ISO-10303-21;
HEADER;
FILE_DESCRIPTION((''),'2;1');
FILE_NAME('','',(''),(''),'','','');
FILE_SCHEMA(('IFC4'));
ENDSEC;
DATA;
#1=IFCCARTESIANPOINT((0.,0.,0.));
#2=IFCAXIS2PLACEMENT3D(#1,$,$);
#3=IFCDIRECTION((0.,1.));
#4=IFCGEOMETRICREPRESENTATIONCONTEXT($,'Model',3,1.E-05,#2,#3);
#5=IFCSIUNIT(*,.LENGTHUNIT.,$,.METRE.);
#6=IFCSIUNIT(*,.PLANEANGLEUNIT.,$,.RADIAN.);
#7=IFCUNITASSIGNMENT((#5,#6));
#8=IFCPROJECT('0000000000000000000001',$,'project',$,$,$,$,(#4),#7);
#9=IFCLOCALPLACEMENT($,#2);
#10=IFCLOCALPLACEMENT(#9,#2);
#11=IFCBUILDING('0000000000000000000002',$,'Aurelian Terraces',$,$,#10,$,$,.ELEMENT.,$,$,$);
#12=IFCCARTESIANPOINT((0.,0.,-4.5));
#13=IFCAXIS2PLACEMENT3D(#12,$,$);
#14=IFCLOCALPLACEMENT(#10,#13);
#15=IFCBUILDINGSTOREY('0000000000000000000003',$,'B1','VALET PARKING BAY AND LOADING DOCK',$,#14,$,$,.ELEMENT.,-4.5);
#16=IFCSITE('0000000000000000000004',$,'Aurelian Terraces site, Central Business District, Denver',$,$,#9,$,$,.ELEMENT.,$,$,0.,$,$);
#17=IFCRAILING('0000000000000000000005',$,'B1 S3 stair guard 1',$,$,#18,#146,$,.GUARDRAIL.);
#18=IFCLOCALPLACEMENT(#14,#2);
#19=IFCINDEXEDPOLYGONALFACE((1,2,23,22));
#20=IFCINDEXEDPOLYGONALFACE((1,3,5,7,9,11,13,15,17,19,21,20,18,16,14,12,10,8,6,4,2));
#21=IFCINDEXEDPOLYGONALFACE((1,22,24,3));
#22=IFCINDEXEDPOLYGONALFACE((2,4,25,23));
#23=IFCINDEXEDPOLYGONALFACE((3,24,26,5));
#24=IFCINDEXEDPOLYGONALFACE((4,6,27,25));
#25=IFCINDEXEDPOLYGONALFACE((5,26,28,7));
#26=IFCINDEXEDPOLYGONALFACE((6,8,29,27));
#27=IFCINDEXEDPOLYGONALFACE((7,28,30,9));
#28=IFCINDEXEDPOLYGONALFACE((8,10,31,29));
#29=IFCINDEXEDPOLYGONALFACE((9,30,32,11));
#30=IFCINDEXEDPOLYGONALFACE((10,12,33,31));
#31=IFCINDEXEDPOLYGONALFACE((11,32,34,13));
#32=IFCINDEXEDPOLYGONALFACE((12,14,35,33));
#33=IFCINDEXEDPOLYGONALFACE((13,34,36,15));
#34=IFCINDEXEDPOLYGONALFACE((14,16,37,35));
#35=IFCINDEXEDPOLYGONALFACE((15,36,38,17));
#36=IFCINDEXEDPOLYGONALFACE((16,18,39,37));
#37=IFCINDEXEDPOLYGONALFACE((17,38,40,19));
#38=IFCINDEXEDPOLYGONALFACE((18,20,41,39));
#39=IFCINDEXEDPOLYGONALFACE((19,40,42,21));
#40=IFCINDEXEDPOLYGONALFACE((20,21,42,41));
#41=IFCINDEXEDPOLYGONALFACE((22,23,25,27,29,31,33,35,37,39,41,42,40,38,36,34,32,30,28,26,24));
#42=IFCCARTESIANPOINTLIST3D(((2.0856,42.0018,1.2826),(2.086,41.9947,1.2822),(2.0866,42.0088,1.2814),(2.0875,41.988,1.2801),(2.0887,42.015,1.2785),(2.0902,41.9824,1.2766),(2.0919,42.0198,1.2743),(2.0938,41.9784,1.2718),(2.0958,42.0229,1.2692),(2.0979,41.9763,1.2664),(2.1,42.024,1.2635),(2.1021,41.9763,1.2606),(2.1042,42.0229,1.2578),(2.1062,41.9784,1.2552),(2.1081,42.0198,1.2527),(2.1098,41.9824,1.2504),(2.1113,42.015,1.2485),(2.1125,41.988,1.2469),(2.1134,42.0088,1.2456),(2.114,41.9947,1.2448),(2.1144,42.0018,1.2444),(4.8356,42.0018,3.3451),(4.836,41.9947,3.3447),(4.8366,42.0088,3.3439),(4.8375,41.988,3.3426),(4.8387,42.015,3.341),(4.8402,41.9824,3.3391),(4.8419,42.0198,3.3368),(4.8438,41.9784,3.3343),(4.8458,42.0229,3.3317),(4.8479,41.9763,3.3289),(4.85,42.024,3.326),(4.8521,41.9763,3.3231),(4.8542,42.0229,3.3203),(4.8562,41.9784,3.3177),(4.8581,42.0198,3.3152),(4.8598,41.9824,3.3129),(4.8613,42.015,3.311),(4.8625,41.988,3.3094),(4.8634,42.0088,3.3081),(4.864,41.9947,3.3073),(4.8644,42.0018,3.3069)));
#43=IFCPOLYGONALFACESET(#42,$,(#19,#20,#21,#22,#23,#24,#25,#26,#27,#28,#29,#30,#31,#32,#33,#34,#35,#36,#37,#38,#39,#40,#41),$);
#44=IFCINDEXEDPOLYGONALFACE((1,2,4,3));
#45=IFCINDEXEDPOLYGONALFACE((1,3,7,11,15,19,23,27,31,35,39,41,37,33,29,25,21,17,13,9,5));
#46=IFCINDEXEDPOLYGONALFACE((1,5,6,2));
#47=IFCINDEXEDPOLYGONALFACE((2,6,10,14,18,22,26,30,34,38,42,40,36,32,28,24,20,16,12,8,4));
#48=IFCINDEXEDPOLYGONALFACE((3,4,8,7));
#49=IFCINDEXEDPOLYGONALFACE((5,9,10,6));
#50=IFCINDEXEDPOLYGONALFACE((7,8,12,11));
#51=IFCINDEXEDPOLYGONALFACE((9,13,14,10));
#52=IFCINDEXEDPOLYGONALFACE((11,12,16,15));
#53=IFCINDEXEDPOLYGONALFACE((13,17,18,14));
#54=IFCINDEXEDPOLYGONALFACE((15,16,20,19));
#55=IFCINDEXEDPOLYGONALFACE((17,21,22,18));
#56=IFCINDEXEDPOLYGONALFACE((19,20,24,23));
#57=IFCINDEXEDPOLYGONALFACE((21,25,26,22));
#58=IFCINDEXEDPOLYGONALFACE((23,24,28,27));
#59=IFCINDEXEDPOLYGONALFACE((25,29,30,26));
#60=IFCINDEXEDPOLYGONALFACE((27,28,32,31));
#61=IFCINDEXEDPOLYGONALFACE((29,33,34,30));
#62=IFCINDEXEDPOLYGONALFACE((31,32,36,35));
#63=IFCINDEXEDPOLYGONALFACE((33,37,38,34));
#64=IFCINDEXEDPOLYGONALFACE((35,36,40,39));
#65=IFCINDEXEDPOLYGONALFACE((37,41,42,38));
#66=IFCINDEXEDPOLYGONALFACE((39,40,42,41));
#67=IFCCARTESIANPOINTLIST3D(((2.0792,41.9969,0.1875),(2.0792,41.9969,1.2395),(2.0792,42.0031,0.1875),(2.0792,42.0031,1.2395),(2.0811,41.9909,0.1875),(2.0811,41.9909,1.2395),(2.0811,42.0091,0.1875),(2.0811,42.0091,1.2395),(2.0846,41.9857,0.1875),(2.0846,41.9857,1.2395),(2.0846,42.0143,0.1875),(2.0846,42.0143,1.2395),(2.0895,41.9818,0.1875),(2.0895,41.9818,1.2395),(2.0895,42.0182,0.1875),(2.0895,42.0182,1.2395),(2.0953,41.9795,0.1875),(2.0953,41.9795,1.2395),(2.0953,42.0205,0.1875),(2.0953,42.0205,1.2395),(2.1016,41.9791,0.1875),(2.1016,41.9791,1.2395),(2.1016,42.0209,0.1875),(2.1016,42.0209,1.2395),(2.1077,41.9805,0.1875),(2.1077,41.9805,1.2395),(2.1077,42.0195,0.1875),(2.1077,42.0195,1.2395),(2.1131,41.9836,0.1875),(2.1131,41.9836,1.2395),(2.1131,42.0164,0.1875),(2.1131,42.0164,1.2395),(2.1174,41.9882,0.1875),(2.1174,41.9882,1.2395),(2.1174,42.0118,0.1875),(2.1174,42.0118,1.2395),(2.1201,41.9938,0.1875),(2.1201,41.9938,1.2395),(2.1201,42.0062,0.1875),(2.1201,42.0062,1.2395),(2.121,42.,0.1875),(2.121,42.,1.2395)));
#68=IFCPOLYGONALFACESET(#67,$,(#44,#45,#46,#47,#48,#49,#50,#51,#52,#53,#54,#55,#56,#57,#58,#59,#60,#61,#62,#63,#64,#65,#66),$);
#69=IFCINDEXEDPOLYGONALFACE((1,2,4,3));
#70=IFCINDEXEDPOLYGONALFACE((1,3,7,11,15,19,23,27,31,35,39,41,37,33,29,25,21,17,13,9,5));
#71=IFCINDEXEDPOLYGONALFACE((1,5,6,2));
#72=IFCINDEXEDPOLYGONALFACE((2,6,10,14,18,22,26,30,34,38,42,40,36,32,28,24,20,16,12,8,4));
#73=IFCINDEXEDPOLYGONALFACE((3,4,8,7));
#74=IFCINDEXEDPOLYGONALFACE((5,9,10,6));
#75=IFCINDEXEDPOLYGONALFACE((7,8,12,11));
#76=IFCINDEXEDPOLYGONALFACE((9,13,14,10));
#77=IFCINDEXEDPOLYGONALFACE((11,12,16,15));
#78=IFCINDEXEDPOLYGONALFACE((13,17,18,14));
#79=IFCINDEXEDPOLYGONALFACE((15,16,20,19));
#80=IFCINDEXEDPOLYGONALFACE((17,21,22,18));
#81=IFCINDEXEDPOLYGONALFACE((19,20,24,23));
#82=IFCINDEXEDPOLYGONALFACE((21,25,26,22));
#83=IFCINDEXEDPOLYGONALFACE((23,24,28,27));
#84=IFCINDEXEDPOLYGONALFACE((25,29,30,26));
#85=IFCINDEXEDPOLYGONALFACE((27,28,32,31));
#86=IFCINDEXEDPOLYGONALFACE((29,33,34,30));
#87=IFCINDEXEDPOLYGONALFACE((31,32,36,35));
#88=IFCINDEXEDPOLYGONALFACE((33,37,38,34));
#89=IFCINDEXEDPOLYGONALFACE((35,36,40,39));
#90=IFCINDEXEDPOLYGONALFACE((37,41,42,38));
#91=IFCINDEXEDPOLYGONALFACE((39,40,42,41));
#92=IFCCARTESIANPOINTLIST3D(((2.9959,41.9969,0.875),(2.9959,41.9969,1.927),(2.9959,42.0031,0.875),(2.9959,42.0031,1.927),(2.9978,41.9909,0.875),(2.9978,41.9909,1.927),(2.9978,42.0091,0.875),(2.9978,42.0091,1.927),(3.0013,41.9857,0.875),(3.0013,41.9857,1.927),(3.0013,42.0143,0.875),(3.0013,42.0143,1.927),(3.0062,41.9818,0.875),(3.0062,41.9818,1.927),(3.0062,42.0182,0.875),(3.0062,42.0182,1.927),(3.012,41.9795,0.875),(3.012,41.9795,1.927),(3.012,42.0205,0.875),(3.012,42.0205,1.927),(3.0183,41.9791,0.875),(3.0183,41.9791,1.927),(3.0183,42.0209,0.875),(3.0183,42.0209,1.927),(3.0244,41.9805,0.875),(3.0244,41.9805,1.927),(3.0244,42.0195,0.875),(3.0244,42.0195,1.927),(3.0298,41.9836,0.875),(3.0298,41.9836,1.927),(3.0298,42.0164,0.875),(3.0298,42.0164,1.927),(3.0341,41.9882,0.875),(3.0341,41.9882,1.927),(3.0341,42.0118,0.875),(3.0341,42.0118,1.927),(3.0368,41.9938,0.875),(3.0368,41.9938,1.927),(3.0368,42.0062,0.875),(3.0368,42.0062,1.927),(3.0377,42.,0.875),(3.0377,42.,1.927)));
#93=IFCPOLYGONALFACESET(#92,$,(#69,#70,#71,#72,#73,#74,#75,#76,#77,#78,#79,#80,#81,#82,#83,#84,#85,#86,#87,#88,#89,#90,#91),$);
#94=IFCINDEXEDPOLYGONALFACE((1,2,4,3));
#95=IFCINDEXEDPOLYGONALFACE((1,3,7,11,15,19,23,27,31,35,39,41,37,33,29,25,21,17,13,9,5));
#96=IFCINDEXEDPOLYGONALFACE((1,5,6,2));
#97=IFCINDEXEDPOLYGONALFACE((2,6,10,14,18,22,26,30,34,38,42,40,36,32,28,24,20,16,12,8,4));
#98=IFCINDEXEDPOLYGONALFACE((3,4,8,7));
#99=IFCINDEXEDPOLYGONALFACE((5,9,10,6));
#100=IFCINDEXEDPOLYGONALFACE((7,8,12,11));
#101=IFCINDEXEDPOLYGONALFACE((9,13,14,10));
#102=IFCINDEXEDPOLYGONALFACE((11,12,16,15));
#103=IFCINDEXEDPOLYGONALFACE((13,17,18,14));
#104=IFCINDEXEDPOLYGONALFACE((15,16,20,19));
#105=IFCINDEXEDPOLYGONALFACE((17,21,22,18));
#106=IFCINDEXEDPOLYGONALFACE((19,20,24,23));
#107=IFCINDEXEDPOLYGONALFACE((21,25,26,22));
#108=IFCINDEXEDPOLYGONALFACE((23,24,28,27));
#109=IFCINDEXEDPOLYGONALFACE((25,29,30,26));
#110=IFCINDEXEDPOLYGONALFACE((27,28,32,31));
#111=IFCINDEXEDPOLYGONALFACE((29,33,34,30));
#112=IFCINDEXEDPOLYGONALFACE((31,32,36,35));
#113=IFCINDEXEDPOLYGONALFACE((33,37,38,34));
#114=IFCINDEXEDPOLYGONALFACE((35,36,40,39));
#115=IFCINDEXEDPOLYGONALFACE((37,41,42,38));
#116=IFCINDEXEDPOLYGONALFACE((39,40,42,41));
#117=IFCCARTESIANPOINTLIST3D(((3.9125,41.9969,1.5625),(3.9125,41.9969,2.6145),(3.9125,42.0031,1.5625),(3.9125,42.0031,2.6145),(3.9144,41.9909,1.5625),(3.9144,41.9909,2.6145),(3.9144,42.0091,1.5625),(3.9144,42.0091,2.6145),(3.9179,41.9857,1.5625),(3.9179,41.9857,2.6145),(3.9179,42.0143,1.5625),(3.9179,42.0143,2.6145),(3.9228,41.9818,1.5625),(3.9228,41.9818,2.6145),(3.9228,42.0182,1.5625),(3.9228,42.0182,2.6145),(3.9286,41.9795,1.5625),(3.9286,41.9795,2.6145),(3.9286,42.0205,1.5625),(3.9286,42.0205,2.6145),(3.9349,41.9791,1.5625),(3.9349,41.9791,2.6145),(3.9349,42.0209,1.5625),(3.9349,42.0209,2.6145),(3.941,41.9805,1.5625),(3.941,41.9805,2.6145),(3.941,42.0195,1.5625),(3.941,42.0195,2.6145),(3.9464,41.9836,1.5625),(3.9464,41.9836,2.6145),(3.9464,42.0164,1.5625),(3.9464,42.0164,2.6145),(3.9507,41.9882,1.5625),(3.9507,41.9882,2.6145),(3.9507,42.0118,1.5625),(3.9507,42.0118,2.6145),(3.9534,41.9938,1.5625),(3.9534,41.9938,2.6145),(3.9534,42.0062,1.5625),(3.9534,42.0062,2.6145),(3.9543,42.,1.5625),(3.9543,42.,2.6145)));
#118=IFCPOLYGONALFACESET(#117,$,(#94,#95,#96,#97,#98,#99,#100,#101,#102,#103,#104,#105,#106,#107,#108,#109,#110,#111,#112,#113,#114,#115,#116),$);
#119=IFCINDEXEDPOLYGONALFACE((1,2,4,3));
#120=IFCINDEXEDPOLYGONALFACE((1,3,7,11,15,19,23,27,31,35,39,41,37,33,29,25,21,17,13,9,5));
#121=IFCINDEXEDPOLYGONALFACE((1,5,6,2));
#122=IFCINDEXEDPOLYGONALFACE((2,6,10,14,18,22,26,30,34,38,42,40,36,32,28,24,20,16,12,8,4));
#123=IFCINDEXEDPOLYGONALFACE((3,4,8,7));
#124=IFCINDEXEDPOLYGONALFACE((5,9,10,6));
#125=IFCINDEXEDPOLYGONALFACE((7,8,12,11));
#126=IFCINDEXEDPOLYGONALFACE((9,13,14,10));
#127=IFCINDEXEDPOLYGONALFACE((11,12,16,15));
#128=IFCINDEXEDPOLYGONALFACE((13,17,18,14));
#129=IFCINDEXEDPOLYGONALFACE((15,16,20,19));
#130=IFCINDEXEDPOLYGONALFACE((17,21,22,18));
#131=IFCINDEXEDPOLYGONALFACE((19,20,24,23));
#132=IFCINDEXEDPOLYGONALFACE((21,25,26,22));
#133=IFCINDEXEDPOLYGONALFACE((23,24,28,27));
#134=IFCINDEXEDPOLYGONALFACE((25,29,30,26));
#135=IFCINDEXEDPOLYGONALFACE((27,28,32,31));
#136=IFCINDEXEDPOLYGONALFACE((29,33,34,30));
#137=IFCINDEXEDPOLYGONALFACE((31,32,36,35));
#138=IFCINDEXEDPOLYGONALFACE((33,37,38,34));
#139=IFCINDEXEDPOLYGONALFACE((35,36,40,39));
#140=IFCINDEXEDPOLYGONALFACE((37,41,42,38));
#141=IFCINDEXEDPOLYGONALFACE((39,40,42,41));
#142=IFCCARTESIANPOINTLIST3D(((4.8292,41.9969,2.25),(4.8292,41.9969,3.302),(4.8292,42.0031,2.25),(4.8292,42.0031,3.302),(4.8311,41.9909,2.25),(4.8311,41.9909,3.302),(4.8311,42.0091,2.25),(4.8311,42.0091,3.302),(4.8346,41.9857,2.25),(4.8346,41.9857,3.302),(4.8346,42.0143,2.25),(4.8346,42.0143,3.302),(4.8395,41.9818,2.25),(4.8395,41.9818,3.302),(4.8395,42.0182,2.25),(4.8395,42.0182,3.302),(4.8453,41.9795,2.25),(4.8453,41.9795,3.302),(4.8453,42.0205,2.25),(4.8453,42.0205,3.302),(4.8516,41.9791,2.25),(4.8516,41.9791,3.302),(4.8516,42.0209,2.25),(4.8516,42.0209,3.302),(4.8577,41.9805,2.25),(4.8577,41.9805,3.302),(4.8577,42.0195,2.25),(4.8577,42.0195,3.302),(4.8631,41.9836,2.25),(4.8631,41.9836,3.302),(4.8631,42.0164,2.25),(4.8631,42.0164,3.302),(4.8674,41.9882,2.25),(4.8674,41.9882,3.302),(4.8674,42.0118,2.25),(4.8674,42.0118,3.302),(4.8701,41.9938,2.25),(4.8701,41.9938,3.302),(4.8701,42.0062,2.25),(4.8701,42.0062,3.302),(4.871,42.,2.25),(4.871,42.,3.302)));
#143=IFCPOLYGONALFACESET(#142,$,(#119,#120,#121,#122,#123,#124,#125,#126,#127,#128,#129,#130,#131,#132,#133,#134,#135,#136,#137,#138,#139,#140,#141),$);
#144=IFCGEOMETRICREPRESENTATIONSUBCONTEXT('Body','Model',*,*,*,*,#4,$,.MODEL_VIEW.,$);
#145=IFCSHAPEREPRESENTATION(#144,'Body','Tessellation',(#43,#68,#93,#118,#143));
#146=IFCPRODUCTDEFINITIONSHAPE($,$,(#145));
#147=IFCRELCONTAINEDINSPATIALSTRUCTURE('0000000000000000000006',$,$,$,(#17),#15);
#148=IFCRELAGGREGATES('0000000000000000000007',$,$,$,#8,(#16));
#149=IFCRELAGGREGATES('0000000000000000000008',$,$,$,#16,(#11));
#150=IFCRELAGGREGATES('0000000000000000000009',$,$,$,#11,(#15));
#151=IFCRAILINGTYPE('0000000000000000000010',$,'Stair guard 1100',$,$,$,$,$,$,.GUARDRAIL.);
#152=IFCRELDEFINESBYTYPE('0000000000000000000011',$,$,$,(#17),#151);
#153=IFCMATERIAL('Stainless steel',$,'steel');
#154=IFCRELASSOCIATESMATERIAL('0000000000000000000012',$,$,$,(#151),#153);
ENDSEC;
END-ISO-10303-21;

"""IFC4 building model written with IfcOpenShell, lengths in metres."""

from ifc_helpers import new_model, si_unit, direction, frame, origin, origin_2d, place, context, subcontext, project, spatial, circle, extrude, source, transform, mapped, material, type_object, element, save


model = new_model("IFC4")

# Units and contexts
model_context = context("Model", 3, precision=1e-05, world=origin(), true_north=direction((0.0, 1.0)))
body_context = subcontext(model_context, "Body", "Model", "MODEL_VIEW")
ifc_project = project(units=[si_unit("LENGTHUNIT", "METRE"), si_unit("PLANEANGLEUNIT", "RADIAN")], contexts=[model_context])

# Site, building, storey
site_placement = place(None, origin())
site = spatial("IfcSite", under=ifc_project, at=site_placement, Name="Aurelian Terraces site, Central Business District, Denver", CompositionType="ELEMENT", RefElevation=0.0)
building_placement = place(site_placement, origin())
building = spatial("IfcBuilding", under=site, at=building_placement, Name="Aurelian Terraces", CompositionType="ELEMENT")
storey_placement = place(building_placement, frame((0.0, 0.0, -4.5)))
storey = spatial("IfcBuildingStorey", under=building, at=storey_placement, Name="B1", Description="VALET PARKING BAY AND LOADING DOCK", CompositionType="ELEMENT", Elevation=-4.5)

# Railing
ifc_material_1 = material(Name="Stainless steel", Category="steel")
railing_type_1 = type_object("IfcRailingType", Name="Stair guard 1100", PredefinedType="GUARDRAIL", material=ifc_material_1)
shared_shape_1 = source(origin(), body_context, "Body", "SweptSolid", [
    extrude(circle(Radius=0.024, at=origin_2d()), frame((0.0, 0.0, 1.076), z_axis=(0.8, 0.0, 0.6), x_axis=(0.0, 1.0, 0.0)), (0.0, 0.0, 1.0), 3.4375),
    extrude(circle(Radius=0.021, at=origin_2d()), origin(), (0.0, 0.0, 1.0), 1.052),
    extrude(circle(Radius=0.021, at=origin_2d()), frame((0.9167, 0.0, 0.6875)), (0.0, 0.0, 1.0), 1.052),
    extrude(circle(Radius=0.021, at=origin_2d()), frame((1.8333, 0.0, 1.375)), (0.0, 0.0, 1.0), 1.052),
    extrude(circle(Radius=0.021, at=origin_2d()), frame((2.75, 0.0, 2.0625)), (0.0, 0.0, 1.0), 1.052),
])
railing_1_placement = place(storey_placement, frame((2.1, 42.0, 0.1875)))
element("IfcRailing", 1, at=railing_1_placement, inside=storey, type_object=railing_type_1, Name="B1 S3 stair guard 1", PredefinedType="GUARDRAIL", context=body_context, shape_type="MappedRepresentation", body=[
    mapped(shared_shape_1, transform((0.0, 0.0, 0.0), scale=1.0)),
])

save(model, "model.ifc")
